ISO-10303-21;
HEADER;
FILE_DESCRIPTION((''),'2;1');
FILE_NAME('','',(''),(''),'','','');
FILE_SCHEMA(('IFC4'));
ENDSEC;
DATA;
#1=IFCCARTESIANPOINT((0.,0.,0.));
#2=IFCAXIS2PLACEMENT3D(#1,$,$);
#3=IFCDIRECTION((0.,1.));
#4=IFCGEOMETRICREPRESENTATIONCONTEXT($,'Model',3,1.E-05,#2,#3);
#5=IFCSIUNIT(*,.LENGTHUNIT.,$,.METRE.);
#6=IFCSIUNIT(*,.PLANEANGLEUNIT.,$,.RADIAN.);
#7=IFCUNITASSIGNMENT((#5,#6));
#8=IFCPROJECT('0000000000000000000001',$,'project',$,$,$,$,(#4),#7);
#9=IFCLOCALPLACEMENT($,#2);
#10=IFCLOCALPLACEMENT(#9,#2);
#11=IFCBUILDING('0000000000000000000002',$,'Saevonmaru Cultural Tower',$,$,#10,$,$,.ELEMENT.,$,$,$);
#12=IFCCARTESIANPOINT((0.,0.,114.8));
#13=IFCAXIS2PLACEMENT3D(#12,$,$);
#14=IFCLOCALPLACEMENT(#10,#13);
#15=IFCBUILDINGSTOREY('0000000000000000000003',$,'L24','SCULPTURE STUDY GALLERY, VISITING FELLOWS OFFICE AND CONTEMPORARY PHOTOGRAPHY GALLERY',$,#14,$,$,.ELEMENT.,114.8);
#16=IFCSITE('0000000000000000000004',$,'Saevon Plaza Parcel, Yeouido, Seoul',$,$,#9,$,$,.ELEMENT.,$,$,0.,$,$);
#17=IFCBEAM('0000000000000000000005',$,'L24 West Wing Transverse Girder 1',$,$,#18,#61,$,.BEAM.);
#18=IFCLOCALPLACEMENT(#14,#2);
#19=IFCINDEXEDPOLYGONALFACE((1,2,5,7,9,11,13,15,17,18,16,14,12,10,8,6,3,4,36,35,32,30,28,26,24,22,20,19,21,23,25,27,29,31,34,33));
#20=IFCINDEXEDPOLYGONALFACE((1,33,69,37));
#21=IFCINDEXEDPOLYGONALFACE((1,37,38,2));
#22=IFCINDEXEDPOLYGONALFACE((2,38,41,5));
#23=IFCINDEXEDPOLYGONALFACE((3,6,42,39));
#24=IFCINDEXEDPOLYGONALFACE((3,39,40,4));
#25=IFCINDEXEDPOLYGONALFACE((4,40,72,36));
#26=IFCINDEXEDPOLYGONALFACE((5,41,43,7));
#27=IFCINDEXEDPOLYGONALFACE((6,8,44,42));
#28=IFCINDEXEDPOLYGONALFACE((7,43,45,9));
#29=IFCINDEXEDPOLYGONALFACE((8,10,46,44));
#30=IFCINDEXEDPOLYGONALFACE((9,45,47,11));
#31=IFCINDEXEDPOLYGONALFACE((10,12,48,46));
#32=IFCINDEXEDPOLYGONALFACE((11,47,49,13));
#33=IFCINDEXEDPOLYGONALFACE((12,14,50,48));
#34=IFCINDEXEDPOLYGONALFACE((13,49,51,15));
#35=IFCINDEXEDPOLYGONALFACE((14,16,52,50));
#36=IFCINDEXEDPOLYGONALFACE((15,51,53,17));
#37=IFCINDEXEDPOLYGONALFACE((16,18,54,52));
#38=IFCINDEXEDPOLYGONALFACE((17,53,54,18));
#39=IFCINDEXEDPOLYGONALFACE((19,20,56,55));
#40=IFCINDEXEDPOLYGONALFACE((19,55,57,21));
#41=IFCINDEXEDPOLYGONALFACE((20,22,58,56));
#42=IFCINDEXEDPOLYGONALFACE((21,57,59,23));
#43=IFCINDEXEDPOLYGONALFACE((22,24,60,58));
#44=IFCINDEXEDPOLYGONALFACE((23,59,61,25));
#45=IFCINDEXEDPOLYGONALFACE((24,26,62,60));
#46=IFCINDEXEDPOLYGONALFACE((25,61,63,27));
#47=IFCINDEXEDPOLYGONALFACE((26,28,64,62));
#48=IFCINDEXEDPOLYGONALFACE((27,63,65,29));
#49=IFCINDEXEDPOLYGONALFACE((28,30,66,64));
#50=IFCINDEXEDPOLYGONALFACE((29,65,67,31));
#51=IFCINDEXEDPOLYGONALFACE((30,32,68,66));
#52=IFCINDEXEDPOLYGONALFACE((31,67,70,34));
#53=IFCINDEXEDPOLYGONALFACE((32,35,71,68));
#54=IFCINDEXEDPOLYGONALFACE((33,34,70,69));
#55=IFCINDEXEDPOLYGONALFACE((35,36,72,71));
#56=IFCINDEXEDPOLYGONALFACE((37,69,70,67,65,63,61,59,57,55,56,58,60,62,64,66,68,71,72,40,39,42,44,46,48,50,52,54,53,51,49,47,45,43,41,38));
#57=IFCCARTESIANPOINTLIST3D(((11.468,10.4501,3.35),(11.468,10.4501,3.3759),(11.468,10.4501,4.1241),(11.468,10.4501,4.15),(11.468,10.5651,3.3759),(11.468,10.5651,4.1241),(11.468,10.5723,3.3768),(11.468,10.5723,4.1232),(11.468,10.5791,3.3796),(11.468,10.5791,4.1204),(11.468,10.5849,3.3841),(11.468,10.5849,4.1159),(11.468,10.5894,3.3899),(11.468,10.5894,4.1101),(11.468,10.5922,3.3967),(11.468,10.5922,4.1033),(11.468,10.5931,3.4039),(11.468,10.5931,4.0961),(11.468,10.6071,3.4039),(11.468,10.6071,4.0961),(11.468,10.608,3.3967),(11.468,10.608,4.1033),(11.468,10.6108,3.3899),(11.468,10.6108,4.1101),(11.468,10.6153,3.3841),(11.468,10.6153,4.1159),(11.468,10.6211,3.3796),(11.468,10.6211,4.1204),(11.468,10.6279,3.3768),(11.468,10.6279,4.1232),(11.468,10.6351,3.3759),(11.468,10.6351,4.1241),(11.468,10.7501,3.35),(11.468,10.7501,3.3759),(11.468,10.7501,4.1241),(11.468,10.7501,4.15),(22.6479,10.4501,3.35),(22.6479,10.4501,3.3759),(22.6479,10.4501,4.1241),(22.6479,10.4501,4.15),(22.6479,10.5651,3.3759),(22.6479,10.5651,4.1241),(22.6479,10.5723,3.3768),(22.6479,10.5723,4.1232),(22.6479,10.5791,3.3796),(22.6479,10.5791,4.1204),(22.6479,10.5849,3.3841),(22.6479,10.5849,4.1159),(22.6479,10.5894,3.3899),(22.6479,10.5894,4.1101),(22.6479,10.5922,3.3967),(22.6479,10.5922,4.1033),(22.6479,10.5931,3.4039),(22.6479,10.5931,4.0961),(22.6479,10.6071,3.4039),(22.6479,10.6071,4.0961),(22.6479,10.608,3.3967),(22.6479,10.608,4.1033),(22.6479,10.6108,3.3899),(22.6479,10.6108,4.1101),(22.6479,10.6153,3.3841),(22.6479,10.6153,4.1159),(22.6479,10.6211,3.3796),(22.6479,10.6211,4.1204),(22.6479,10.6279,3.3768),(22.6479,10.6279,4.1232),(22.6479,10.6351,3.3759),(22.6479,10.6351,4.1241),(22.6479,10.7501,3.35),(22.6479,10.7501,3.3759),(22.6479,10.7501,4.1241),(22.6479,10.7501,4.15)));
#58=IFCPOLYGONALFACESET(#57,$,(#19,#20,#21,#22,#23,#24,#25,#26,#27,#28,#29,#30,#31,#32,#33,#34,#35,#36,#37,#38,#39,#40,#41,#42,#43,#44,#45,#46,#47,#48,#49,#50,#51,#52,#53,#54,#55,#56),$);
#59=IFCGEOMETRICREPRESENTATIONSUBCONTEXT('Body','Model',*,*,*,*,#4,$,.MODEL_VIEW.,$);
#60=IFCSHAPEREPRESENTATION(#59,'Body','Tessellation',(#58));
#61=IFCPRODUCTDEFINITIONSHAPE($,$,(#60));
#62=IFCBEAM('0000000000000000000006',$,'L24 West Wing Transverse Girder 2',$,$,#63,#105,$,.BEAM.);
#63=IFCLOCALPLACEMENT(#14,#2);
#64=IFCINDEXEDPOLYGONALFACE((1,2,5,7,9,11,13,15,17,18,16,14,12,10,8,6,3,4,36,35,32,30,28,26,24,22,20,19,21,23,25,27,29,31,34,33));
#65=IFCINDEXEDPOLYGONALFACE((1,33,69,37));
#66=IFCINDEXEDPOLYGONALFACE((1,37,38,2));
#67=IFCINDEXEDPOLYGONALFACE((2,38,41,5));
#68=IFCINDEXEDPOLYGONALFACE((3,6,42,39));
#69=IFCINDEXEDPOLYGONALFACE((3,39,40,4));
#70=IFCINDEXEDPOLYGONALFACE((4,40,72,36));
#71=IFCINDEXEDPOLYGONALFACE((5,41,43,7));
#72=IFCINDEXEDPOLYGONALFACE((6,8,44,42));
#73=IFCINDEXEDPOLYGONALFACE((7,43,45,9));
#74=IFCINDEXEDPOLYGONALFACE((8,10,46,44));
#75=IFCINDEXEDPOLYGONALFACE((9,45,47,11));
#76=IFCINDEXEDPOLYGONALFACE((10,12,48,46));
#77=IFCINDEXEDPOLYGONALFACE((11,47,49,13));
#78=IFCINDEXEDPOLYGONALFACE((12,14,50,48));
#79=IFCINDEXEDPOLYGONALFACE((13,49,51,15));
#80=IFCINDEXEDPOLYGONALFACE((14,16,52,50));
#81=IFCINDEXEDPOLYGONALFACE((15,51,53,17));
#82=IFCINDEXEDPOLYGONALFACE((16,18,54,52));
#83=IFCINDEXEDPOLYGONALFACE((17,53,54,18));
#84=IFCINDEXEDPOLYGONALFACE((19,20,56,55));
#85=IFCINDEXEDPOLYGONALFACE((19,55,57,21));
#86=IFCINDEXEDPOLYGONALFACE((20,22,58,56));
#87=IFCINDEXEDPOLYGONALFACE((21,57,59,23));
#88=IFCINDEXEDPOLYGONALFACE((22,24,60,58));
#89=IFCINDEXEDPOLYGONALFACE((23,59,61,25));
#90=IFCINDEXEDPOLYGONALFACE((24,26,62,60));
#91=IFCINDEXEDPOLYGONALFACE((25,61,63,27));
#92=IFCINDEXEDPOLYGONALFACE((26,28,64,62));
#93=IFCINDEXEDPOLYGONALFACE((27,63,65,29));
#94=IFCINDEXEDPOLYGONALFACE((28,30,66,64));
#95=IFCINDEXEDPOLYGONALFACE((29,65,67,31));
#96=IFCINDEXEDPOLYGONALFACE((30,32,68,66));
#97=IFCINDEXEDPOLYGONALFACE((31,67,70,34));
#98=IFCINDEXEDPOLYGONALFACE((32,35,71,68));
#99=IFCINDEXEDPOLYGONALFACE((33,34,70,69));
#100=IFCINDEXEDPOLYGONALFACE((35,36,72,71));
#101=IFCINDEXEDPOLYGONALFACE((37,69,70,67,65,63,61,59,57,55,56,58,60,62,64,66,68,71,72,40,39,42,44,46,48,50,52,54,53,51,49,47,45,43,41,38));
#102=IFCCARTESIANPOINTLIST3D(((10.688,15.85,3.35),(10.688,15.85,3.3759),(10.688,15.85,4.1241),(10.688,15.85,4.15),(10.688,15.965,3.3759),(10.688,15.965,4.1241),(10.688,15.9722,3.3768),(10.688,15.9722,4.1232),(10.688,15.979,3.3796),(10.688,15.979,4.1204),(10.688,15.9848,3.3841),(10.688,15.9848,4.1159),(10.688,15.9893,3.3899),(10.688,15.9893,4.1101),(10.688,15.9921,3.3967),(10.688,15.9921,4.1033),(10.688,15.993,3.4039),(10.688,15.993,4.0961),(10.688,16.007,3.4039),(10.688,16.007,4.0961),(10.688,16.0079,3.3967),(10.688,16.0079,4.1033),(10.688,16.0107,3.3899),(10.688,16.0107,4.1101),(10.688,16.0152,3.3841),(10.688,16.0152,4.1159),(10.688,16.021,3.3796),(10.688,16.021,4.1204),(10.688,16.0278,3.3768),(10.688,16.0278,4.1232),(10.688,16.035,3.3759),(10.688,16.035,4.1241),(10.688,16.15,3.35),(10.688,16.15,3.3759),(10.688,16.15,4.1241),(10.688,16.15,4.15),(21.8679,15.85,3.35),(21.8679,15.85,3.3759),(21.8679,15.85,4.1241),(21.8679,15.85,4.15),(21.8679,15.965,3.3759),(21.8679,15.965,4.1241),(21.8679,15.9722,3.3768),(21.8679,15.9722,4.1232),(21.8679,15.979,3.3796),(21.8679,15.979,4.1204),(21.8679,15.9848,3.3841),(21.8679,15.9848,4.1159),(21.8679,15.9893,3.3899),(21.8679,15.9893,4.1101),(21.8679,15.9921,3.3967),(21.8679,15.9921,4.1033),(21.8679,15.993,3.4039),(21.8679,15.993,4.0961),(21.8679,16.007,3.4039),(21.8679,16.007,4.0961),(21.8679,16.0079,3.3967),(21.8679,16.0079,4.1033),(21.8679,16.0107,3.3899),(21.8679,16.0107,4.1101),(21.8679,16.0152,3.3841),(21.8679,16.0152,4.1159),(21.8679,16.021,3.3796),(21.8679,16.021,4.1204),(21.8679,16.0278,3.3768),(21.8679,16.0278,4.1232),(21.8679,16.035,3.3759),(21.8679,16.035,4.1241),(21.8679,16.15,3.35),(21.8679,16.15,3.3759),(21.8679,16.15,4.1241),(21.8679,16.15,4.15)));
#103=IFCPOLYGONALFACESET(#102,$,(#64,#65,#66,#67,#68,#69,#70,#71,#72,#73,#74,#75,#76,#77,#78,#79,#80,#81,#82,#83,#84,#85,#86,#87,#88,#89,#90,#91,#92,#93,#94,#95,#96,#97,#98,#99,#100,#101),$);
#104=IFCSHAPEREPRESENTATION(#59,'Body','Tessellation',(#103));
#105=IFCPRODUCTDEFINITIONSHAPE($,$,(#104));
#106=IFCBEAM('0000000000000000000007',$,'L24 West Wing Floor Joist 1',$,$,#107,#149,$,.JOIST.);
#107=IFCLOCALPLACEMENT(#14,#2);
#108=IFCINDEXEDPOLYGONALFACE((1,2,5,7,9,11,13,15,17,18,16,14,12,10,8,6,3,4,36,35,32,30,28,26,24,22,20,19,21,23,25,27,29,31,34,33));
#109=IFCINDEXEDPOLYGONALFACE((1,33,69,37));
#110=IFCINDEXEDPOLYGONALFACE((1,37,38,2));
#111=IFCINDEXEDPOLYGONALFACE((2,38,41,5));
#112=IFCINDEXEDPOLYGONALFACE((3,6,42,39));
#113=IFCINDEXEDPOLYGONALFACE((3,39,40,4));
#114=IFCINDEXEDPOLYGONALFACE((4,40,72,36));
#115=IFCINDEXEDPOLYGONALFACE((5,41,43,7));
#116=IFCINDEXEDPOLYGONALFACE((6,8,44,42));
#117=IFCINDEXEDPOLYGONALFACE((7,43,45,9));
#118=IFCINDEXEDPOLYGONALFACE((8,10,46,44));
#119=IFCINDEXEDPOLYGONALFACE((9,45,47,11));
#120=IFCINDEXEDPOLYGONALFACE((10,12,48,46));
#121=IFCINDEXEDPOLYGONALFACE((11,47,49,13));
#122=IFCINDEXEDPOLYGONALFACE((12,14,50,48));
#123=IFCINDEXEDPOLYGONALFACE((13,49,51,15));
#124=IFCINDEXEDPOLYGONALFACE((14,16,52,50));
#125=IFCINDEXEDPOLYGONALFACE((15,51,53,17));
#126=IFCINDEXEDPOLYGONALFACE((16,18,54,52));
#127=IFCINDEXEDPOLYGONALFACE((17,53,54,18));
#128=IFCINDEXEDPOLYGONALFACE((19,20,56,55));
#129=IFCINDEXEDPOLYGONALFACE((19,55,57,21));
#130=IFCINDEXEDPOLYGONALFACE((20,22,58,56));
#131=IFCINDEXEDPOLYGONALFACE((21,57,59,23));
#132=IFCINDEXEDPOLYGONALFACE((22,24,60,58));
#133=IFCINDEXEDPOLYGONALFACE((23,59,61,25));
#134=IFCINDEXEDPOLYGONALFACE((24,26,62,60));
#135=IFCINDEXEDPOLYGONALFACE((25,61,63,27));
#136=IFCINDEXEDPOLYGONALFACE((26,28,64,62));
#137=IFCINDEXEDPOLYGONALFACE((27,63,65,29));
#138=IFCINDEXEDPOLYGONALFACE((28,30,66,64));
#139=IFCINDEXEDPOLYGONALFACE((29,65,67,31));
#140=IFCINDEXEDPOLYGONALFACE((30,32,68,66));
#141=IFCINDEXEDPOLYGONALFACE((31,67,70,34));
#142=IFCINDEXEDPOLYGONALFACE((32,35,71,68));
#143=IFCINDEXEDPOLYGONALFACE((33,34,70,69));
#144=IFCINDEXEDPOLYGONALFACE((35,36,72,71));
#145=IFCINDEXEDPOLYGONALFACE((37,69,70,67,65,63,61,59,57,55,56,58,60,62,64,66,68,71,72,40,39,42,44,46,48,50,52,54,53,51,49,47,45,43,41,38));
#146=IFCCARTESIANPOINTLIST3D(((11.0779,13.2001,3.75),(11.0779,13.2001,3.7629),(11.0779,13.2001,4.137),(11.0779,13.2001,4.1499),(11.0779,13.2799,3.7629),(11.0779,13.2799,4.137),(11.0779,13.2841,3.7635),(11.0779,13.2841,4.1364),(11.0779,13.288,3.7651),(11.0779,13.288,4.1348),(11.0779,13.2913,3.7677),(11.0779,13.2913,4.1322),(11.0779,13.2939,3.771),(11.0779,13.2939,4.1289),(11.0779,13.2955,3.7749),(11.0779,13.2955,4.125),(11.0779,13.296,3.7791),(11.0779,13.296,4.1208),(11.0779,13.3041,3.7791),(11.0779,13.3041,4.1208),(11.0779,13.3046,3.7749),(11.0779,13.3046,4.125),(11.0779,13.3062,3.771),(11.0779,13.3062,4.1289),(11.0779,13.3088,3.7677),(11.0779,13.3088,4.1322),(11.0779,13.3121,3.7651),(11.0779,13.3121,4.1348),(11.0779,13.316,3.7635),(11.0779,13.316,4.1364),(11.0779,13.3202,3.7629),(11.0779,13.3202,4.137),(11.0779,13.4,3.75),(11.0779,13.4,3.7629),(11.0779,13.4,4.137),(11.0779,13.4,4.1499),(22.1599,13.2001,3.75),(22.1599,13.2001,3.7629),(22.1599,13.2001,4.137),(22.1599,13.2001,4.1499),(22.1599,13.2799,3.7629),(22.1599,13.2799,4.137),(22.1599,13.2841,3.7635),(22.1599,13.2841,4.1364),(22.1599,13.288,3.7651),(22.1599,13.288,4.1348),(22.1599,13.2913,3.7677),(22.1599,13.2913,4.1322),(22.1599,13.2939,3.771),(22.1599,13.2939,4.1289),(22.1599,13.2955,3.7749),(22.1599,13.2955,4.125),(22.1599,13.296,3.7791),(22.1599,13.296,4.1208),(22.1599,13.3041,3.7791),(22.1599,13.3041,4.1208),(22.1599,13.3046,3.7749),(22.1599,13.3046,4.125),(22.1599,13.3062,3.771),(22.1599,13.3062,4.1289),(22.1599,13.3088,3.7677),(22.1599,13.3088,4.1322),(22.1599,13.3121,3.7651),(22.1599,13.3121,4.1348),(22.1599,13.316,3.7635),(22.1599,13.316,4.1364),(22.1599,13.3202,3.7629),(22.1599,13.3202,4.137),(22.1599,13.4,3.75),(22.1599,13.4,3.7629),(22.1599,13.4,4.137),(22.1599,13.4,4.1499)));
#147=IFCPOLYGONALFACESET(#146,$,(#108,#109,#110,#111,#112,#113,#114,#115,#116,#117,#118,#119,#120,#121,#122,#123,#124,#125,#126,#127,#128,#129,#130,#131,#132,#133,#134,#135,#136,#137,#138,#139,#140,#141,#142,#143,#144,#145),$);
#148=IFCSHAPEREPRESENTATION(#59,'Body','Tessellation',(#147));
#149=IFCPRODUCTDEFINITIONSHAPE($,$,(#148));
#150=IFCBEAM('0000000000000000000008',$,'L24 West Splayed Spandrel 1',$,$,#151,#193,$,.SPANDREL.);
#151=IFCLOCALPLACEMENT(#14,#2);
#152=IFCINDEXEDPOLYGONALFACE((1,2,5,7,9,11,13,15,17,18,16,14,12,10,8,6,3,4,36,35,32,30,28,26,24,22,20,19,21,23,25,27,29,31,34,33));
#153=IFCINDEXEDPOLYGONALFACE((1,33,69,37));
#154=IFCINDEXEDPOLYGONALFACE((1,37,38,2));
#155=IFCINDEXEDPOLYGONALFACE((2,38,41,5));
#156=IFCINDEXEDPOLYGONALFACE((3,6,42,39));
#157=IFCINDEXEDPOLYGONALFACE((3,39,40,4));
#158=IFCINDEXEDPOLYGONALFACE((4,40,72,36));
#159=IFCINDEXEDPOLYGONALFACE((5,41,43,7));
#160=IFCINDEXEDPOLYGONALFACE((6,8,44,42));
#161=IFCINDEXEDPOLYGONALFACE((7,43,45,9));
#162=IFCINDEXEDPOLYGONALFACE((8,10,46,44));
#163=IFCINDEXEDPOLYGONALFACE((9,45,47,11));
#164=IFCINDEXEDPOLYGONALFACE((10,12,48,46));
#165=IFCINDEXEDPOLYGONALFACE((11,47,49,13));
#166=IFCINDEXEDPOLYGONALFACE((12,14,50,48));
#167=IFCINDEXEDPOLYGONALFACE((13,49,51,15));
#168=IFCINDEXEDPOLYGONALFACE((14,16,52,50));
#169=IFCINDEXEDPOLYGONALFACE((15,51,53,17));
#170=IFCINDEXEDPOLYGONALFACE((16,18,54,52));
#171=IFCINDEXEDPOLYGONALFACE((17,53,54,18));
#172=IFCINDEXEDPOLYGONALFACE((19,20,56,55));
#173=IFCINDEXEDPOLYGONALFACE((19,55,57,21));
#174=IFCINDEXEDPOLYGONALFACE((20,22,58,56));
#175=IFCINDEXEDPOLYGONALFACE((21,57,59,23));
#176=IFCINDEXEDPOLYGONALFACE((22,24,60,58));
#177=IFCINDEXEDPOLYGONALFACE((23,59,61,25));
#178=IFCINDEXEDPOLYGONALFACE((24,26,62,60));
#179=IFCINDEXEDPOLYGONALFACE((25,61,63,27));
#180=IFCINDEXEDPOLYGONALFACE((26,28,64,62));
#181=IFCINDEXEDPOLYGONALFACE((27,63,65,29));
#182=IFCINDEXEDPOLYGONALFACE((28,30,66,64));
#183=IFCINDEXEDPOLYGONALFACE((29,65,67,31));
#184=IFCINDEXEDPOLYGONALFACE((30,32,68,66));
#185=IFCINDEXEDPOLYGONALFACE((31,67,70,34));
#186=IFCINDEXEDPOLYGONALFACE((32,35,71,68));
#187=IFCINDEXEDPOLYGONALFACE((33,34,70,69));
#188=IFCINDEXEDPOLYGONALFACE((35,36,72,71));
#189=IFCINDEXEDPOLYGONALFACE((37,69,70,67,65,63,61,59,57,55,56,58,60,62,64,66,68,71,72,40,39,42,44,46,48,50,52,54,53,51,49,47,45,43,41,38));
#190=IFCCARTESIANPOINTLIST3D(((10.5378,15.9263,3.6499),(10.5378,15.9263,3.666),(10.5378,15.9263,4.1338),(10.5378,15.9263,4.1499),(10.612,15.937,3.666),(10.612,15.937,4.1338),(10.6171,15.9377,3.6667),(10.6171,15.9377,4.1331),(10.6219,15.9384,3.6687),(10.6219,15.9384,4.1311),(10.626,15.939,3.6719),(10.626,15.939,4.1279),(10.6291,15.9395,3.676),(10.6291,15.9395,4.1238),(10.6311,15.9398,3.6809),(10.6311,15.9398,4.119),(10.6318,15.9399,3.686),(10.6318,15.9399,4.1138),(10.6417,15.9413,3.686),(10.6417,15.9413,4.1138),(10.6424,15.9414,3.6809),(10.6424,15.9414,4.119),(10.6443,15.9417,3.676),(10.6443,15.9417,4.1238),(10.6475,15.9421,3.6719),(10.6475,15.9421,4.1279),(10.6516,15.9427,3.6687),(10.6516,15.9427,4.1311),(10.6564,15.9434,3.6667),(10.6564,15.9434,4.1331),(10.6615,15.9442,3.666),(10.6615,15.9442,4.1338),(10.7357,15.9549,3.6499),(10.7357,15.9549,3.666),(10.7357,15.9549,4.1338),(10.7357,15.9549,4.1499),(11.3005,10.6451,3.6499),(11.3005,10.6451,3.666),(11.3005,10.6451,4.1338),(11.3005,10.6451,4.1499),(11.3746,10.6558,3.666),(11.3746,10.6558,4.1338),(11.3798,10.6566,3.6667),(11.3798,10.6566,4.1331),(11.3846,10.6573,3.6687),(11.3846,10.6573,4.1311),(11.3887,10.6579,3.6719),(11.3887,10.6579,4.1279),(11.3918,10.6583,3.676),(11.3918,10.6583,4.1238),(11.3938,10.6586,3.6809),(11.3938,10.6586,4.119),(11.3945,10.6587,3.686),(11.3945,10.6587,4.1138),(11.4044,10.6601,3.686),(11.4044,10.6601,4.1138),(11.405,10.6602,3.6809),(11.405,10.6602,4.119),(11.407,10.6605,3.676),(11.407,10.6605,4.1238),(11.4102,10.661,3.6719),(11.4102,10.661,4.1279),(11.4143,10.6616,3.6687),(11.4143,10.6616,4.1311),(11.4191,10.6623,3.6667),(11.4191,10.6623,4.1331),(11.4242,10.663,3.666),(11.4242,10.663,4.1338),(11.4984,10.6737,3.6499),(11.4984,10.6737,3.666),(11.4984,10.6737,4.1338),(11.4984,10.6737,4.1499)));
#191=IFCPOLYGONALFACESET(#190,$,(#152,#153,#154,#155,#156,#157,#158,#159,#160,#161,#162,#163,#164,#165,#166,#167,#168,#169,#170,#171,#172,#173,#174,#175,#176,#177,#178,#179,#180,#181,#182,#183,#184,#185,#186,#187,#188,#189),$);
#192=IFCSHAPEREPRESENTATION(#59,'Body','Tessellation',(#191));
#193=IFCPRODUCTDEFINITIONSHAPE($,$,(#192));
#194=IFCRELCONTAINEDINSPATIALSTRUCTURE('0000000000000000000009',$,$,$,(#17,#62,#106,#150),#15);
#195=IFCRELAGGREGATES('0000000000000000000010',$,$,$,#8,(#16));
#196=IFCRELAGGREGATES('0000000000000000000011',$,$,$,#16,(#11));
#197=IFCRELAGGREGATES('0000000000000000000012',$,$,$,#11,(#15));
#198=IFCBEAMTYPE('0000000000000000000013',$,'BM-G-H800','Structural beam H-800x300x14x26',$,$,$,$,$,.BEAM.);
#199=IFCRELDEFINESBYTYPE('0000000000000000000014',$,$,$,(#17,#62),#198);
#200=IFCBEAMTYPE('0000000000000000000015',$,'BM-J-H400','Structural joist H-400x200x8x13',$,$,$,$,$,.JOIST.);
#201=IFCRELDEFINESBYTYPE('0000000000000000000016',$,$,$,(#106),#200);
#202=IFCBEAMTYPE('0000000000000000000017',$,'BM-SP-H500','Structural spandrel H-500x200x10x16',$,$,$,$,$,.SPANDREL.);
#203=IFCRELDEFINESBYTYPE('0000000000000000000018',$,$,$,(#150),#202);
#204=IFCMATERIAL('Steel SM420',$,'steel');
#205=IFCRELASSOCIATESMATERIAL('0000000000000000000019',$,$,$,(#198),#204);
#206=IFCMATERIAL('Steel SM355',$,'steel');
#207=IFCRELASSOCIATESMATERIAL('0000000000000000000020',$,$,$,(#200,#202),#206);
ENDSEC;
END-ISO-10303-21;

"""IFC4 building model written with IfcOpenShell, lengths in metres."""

from ifc_helpers import new_model, si_unit, direction, frame, origin, origin_2d, place, context, subcontext, project, spatial, i_section, extrude, material, material_profile, profile_set, type_object, element, save


model = new_model("IFC4")

# Units and contexts
model_context = context("Model", 3, precision=1e-05, world=origin(), true_north=direction((0.0, 1.0)))
body_context = subcontext(model_context, "Body", "Model", "MODEL_VIEW")
ifc_project = project(units=[si_unit("LENGTHUNIT", "METRE"), si_unit("PLANEANGLEUNIT", "RADIAN")], contexts=[model_context])

# Site, building, storey
site_placement = place(None, origin())
site = spatial("IfcSite", under=ifc_project, at=site_placement, Name="Saevon Plaza Parcel, Yeouido, Seoul", CompositionType="ELEMENT", RefElevation=0.0)
building_placement = place(site_placement, origin())
building = spatial("IfcBuilding", under=site, at=building_placement, Name="Saevonmaru Cultural Tower", CompositionType="ELEMENT")
storey_placement = place(building_placement, frame((0.0, 0.0, 114.8)))
storey = spatial("IfcBuildingStorey", under=building, at=storey_placement, Name="L24", Description="SCULPTURE STUDY GALLERY, VISITING FELLOWS OFFICE AND CONTEMPORARY PHOTOGRAPHY GALLERY", CompositionType="ELEMENT", Elevation=114.8)

# Shared definitions
ifc_material_1 = material(Name="Steel SM420", Category="steel")
ifc_material_2 = material(Name="Steel SM355", Category="steel")

# Beams
ifc_material_profile_1 = material_profile(ifc_material_1, i_section(OverallWidth=0.3, OverallDepth=0.8, WebThickness=0.0139, FlangeThickness=0.0259, FilletRadius=0.0281, at=origin_2d()), Name="H-800x300x14x26")
ifc_profile_set_1 = profile_set([ifc_material_profile_1], Name="Steel SM420")
beam_type_1 = type_object("IfcBeamType", Name="BM-G-H800", Description="Structural beam H-800x300x14x26", PredefinedType="BEAM", material=ifc_profile_set_1)
for number, where, z_axis, x_axis, name in (
    (1, (11.468, 10.6001, 3.75), (1.0, 0.0, 0.0), (0.0, 1.0, 0.0), "L24 West Wing Transverse Girder 1"),
    (2, (10.688, 16.0, 3.75), (1.0, 0.0, 0.0), (0.0, 1.0, 0.0), "L24 West Wing Transverse Girder 2"),
):
    element("IfcBeam", number, at=place(storey_placement, frame(where, z_axis=z_axis, x_axis=x_axis)), inside=storey, type_object=beam_type_1, Name=name, PredefinedType="BEAM", context=body_context, shape_type="SweptSolid", body=[
        extrude(i_section(OverallWidth=0.3, OverallDepth=0.8, WebThickness=0.0139, FlangeThickness=0.0259, FilletRadius=0.0281, at=origin_2d()), origin(), (0.0, 0.0, 1.0), 11.1799),
    ])
ifc_material_profile_2 = material_profile(ifc_material_2, i_section(OverallWidth=0.2, OverallDepth=0.3999, WebThickness=0.0081, FlangeThickness=0.0129, FilletRadius=0.0161, at=origin_2d()), Name="H-400x200x8x13")
ifc_profile_set_2 = profile_set([ifc_material_profile_2], Name="Steel SM355")
beam_type_2 = type_object("IfcBeamType", Name="BM-J-H400", Description="Structural joist H-400x200x8x13", PredefinedType="JOIST", material=ifc_profile_set_2)
beam_1_placement = place(storey_placement, frame((11.0779, 13.3, 3.95), z_axis=(1.0, 0.0, 0.0), x_axis=(0.0, 1.0, 0.0)))
element("IfcBeam", 3, at=beam_1_placement, inside=storey, type_object=beam_type_2, Name="L24 West Wing Floor Joist 1", PredefinedType="JOIST", context=body_context, shape_type="SweptSolid", body=[
    extrude(i_section(OverallWidth=0.2, OverallDepth=0.3999, WebThickness=0.0081, FlangeThickness=0.0129, FilletRadius=0.0161, at=origin_2d()), origin(), (0.0, 0.0, 1.0), 11.082),
])
ifc_material_profile_3 = material_profile(ifc_material_2, i_section(OverallWidth=0.2, OverallDepth=0.5, WebThickness=0.01, FlangeThickness=0.0161, FilletRadius=0.02, at=origin_2d()), Name="H-500x200x10x16")
ifc_profile_set_3 = profile_set([ifc_material_profile_3], Name="Steel SM355")
beam_type_3 = type_object("IfcBeamType", Name="BM-SP-H500", Description="Structural spandrel H-500x200x10x16", PredefinedType="SPANDREL", material=ifc_profile_set_3)
beam_2_placement = place(storey_placement, frame((11.3994, 10.6594, 3.8999), z_axis=(-0.142933, 0.989732, 0.0), x_axis=(-0.989732, -0.142933, 0.0)))
element("IfcBeam", 4, at=beam_2_placement, inside=storey, type_object=beam_type_3, Name="L24 West Splayed Spandrel 1", PredefinedType="SPANDREL", context=body_context, shape_type="SweptSolid", body=[
    extrude(i_section(OverallWidth=0.2, OverallDepth=0.5, WebThickness=0.01, FlangeThickness=0.0161, FilletRadius=0.02, at=origin_2d()), origin(), (0.0, 0.0, 1.0), 5.3359),
])

save(model, "model.ifc")
